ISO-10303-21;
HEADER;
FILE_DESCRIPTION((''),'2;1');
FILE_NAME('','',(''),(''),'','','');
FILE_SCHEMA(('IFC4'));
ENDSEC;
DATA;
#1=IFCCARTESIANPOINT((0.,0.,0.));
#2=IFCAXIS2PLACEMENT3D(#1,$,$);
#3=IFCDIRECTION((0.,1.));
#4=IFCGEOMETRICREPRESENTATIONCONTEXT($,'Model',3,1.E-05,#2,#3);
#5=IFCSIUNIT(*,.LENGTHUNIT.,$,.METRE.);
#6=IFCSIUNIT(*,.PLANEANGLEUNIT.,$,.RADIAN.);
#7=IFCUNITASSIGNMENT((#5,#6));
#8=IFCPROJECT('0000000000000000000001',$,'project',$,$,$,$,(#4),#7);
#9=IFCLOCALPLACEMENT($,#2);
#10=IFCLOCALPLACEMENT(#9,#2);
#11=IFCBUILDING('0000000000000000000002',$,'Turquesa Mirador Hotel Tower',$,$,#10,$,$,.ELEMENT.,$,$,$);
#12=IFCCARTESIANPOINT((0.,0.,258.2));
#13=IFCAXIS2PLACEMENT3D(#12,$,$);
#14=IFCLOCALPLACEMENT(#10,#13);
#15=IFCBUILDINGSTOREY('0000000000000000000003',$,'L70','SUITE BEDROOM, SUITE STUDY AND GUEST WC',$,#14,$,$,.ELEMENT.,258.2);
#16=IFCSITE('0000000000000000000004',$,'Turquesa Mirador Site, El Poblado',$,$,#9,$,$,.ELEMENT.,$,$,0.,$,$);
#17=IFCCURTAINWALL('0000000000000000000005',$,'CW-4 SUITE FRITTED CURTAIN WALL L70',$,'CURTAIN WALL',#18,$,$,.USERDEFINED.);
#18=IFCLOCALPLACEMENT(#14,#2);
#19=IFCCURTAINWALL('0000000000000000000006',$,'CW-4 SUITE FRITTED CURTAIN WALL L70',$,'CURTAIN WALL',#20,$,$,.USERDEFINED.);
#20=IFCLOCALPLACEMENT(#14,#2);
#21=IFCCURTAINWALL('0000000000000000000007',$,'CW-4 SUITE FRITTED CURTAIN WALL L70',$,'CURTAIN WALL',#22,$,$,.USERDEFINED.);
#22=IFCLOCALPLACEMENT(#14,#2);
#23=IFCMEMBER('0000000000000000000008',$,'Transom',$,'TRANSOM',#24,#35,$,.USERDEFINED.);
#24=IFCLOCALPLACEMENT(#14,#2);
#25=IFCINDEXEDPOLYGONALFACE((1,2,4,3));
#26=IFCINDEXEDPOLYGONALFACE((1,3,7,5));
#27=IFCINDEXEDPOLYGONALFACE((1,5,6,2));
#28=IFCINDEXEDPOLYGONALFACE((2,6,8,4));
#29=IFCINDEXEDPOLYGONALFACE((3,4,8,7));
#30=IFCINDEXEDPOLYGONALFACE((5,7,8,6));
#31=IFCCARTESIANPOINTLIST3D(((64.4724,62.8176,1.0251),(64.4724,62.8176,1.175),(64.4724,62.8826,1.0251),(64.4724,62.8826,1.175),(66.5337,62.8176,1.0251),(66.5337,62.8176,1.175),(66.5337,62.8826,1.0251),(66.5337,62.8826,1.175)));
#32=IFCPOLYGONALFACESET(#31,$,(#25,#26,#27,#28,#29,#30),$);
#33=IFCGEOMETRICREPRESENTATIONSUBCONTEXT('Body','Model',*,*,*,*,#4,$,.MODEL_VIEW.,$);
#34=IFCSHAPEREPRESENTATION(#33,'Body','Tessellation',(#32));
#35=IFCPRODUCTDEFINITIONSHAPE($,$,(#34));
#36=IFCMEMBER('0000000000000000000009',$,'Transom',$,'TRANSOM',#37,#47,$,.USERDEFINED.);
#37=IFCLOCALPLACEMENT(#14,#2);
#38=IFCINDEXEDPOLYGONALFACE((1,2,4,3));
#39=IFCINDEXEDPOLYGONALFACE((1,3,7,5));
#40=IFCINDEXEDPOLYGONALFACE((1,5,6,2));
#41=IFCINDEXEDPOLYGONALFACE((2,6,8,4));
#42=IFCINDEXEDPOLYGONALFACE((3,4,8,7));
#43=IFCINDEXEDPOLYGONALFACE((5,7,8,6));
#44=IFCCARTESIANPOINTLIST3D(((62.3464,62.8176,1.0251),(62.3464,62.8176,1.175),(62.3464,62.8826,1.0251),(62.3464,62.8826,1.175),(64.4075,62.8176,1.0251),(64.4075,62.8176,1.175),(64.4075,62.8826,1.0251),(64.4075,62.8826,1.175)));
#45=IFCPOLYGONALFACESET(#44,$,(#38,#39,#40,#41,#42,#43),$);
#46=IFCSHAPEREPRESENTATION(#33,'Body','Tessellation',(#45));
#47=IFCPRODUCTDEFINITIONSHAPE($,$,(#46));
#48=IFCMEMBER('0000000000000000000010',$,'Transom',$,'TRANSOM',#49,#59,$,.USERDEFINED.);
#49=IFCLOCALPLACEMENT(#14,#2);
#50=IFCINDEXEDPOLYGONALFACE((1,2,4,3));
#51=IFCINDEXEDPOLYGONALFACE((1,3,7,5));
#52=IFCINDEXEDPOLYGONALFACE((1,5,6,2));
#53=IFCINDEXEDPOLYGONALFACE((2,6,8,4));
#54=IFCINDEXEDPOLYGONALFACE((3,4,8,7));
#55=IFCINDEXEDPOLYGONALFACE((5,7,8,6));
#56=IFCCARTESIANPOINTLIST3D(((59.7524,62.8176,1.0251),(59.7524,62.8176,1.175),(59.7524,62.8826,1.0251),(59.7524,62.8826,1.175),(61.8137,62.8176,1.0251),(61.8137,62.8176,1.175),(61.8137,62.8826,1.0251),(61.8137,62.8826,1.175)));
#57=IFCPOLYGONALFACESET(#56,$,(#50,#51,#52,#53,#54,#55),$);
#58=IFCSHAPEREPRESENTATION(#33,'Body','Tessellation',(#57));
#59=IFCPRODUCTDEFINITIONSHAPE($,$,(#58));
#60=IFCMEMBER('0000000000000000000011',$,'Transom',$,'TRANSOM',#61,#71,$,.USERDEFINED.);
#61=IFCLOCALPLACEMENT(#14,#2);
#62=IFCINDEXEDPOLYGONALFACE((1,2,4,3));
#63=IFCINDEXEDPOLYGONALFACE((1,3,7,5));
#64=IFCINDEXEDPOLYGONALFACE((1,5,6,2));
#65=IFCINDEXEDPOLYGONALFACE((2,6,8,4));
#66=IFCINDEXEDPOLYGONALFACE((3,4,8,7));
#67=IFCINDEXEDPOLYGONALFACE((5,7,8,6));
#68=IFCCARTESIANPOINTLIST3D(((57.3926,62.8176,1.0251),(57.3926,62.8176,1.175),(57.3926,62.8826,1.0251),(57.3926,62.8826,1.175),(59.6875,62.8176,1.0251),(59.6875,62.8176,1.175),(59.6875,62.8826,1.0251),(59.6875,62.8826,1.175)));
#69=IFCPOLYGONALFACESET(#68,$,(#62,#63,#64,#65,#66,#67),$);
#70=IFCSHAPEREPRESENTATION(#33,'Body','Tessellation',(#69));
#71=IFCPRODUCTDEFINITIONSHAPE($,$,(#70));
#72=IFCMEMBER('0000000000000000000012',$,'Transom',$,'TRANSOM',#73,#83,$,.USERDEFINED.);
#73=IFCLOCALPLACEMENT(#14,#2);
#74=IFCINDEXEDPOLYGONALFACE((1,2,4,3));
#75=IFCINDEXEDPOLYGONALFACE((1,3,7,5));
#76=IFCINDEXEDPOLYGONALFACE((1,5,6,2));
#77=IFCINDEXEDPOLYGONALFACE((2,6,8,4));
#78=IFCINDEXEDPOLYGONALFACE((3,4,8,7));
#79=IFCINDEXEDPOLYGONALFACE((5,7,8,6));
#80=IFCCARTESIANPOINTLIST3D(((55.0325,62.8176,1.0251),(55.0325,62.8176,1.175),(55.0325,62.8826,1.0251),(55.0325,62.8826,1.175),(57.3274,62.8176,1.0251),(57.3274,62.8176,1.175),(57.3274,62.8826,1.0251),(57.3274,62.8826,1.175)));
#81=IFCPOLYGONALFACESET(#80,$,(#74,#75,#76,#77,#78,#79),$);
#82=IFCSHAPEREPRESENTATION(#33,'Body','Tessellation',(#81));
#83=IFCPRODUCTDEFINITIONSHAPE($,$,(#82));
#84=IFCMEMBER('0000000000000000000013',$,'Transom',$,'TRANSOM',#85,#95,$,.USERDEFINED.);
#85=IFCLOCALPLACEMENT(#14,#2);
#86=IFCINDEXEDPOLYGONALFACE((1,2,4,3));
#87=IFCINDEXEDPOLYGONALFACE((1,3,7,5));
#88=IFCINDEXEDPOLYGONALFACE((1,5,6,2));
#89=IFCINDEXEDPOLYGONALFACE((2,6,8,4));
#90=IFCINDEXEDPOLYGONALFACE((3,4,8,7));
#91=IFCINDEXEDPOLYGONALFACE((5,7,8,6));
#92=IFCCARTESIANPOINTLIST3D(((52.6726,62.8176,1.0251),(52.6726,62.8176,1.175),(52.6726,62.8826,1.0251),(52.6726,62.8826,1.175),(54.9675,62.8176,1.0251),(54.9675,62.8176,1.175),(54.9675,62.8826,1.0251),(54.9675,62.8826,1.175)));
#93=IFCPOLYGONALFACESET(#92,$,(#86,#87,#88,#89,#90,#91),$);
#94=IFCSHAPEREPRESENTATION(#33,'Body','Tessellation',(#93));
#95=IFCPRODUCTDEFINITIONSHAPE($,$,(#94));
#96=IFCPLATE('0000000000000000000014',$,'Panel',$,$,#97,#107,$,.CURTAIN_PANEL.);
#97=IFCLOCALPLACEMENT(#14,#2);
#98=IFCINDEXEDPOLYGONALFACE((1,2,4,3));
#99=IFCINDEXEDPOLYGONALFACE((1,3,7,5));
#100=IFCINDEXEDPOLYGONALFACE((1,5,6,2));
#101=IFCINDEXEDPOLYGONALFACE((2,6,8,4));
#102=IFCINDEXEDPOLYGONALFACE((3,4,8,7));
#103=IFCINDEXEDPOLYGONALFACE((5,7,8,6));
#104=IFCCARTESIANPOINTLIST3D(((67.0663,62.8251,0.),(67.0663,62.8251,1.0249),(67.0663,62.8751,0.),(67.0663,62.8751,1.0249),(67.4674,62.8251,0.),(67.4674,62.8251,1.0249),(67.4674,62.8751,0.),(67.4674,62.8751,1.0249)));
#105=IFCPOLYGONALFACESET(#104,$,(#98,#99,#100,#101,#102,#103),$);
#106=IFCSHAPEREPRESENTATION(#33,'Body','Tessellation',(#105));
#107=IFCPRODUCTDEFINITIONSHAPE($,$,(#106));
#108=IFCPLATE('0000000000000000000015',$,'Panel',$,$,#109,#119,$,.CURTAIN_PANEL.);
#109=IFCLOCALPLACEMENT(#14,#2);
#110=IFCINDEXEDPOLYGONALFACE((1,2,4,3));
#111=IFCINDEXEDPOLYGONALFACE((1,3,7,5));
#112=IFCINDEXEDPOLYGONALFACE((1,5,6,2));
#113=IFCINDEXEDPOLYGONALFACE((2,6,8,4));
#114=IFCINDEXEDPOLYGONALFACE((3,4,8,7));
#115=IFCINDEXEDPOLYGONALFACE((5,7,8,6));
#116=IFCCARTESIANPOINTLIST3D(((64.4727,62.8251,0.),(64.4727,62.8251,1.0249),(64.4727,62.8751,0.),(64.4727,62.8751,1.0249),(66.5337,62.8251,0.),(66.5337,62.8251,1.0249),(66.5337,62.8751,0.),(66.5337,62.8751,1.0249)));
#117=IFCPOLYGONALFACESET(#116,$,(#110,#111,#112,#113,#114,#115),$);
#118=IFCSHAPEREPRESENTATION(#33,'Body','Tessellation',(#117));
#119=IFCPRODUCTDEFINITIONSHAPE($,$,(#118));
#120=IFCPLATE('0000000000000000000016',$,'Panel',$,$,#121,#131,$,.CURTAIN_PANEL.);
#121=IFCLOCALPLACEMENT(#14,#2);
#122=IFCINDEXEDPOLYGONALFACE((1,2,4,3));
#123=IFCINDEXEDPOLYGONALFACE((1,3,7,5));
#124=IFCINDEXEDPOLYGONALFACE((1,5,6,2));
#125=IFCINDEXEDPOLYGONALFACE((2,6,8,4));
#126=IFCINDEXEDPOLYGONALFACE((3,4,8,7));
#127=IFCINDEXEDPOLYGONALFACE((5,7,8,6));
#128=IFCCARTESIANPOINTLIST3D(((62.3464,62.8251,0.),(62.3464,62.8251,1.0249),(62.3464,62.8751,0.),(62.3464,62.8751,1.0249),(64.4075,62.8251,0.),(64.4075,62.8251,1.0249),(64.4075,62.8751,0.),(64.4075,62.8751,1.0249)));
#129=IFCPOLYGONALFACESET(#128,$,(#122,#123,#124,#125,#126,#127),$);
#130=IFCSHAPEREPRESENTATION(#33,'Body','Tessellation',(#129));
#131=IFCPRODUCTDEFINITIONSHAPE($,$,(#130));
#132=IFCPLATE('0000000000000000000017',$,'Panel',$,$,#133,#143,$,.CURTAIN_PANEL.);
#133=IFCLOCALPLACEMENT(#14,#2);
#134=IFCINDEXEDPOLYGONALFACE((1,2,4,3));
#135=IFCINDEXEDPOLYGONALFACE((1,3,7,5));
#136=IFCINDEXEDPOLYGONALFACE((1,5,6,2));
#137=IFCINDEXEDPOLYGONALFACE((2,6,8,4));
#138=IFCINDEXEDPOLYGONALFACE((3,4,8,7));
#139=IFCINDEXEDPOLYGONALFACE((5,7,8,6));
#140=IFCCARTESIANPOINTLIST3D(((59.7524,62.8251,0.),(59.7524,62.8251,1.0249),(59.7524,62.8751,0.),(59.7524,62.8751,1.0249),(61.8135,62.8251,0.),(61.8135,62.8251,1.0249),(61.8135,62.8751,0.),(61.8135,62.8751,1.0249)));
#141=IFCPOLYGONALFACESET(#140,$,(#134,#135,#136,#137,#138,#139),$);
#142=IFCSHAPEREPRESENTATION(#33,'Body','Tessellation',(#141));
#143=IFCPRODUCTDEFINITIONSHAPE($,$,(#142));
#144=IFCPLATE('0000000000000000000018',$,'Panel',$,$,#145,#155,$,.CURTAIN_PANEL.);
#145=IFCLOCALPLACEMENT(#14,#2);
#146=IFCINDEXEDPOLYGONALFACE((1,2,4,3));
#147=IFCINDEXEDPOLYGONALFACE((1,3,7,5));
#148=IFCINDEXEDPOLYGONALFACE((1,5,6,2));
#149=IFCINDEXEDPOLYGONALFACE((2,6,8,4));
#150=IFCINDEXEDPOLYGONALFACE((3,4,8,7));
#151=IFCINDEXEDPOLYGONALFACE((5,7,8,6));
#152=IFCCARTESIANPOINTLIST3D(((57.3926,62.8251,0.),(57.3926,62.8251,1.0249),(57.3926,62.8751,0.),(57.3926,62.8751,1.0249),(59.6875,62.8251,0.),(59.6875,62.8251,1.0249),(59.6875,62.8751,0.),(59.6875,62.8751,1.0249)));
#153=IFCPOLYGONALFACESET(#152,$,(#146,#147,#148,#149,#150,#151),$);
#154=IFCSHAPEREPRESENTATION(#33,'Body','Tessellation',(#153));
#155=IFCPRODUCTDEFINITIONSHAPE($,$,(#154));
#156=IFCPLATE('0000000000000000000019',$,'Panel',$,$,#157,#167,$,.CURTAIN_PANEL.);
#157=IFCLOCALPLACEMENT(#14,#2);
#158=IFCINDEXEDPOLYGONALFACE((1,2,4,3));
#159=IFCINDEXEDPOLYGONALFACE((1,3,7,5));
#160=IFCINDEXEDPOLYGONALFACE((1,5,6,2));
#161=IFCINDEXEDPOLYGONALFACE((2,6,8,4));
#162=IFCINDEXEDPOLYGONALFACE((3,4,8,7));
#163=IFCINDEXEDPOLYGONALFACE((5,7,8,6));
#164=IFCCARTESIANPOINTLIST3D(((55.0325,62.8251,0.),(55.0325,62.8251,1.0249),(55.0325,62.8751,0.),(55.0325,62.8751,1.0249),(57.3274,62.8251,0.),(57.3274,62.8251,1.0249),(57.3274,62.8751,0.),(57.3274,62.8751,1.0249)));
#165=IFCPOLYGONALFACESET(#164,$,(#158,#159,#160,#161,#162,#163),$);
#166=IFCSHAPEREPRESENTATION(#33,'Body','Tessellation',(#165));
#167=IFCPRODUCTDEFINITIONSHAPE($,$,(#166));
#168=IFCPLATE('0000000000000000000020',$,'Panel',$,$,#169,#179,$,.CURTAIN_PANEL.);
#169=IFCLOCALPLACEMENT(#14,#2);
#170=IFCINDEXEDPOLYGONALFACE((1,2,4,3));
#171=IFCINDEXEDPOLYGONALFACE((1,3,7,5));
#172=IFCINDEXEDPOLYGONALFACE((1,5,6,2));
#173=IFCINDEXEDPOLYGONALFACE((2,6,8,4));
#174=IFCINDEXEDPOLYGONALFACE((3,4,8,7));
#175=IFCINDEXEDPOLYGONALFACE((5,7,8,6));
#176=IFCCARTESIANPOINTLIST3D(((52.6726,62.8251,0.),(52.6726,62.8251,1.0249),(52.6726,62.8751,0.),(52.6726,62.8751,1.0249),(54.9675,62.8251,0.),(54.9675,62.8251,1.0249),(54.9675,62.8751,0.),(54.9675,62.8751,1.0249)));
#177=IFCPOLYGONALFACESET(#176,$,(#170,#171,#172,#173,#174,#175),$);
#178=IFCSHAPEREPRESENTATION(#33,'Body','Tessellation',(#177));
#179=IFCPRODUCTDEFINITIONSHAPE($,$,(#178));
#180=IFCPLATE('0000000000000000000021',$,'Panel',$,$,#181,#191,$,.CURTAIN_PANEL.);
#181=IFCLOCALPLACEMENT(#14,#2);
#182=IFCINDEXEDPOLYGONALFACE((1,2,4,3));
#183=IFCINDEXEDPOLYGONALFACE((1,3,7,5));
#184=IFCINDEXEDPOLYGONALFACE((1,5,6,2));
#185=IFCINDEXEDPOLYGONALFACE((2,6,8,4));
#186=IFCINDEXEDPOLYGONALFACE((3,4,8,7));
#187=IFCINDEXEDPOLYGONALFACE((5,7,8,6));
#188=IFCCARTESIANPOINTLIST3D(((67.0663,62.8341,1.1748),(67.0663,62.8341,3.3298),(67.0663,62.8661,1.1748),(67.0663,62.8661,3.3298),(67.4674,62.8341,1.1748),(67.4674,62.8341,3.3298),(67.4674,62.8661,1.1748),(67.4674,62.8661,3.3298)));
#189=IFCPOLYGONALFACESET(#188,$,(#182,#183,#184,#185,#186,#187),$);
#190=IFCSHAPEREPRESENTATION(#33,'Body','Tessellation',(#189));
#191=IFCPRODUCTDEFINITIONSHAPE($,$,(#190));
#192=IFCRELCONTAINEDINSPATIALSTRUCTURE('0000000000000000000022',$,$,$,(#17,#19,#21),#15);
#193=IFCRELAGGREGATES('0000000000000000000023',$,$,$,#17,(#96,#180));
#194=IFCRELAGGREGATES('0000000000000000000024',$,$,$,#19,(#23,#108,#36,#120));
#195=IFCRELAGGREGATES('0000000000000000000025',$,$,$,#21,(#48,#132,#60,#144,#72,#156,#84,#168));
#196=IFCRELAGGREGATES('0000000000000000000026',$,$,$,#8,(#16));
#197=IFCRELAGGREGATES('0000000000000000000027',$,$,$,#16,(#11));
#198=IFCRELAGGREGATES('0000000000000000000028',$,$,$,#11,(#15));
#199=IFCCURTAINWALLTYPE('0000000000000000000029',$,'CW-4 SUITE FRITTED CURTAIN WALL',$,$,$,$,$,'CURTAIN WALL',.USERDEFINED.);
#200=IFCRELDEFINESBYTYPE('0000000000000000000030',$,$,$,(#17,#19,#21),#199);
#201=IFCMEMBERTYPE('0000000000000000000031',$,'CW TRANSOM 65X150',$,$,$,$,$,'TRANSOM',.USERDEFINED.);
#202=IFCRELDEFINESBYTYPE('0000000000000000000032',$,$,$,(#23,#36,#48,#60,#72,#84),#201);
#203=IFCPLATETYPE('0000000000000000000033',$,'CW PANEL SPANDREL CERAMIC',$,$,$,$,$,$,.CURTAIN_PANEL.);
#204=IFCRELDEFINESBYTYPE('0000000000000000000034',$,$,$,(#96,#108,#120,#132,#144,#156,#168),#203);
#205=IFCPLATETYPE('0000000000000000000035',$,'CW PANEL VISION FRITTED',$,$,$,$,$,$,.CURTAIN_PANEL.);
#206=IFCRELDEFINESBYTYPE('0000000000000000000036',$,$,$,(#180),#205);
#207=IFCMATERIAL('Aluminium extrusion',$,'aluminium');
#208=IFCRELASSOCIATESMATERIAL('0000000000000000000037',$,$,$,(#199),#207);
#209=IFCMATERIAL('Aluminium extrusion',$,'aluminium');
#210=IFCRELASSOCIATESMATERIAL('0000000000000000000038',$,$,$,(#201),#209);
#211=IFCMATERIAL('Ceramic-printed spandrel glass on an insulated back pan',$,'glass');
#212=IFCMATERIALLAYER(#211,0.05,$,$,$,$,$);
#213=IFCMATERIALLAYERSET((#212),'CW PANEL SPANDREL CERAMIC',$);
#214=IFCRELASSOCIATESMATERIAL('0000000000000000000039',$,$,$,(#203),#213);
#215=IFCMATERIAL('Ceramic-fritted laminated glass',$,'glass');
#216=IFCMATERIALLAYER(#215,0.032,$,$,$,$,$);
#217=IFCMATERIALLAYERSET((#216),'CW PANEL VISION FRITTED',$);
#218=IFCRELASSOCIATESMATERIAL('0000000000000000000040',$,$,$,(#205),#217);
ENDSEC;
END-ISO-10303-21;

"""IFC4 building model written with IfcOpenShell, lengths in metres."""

from ifc_helpers import new_model, si_unit, direction, frame, origin, origin_2d, place, context, subcontext, project, spatial, rectangle, extrude, material, layer, layer_set, material_profile, profile_set, type_object, element, aggregate, save


model = new_model("IFC4")

# Units and contexts
model_context = context("Model", 3, precision=1e-05, world=origin(), true_north=direction((0.0, 1.0)))
body_context = subcontext(model_context, "Body", "Model", "MODEL_VIEW")
ifc_project = project(units=[si_unit("LENGTHUNIT", "METRE"), si_unit("PLANEANGLEUNIT", "RADIAN")], contexts=[model_context])

# Site, building, storey
site_placement = place(None, origin())
site = spatial("IfcSite", under=ifc_project, at=site_placement, Name="Turquesa Mirador Site, El Poblado", CompositionType="ELEMENT", RefElevation=0.0)
building_placement = place(site_placement, origin())
building = spatial("IfcBuilding", under=site, at=building_placement, Name="Turquesa Mirador Hotel Tower", CompositionType="ELEMENT")
storey_placement = place(building_placement, frame((0.0, 0.0, 258.2)))
storey = spatial("IfcBuildingStorey", under=building, at=storey_placement, Name="L70", Description="SUITE BEDROOM, SUITE STUDY AND GUEST WC", CompositionType="ELEMENT", Elevation=258.2)

# Curtain wall
ifc_material_1 = material(Name="Aluminium extrusion", Category="aluminium")
curtain_wall_type = type_object("IfcCurtainWallType", Name="CW-4 SUITE FRITTED CURTAIN WALL", ElementType="CURTAIN WALL", PredefinedType="USERDEFINED", material=ifc_material_1)
curtain_wall_1_placement = place(storey_placement, origin())
curtain_wall_1 = element("IfcCurtainWall", 1, at=curtain_wall_1_placement, inside=storey, type_object=curtain_wall_type, Name="CW-4 SUITE FRITTED CURTAIN WALL L70", ObjectType="CURTAIN WALL", PredefinedType="USERDEFINED")

# Curtain walls
curtain_wall_2_placement = place(storey_placement, origin())
curtain_wall_2 = element("IfcCurtainWall", 2, at=curtain_wall_2_placement, inside=storey, type_object=curtain_wall_type, Name="CW-4 SUITE FRITTED CURTAIN WALL L70", ObjectType="CURTAIN WALL", PredefinedType="USERDEFINED")
curtain_wall_3_placement = place(storey_placement, origin())
curtain_wall_3 = element("IfcCurtainWall", 3, at=curtain_wall_3_placement, inside=storey, type_object=curtain_wall_type, Name="CW-4 SUITE FRITTED CURTAIN WALL L70", ObjectType="CURTAIN WALL", PredefinedType="USERDEFINED")

# Members
ifc_material_2 = material(Name="Aluminium extrusion", Category="aluminium")
ifc_material_profile_1 = material_profile(ifc_material_2, rectangle(XDim=0.0649, YDim=0.1499, at=origin_2d()), Name="TRANSOM 65X150")
ifc_profile_set_1 = profile_set([ifc_material_profile_1], Name="Aluminium extrusion")
member_type_1 = type_object("IfcMemberType", Name="CW TRANSOM 65X150", ElementType="TRANSOM", PredefinedType="USERDEFINED", material=ifc_profile_set_1)
member_1_placement = place(storey_placement, frame((66.5337, 62.8501, 1.1001), z_axis=(-1.0, 0.0, 0.0), x_axis=(0.0, -1.0, 0.0)))
member_1 = element("IfcMember", 4, at=member_1_placement, type_object=member_type_1, Name="Transom", ObjectType="TRANSOM", PredefinedType="USERDEFINED", context=body_context, shape_type="SweptSolid", body=[
    extrude(rectangle(XDim=0.0649, YDim=0.1499, at=origin_2d()), origin(), (0.0, 0.0, 1.0), 2.0613),
])
member_2_placement = place(storey_placement, frame((64.4075, 62.8501, 1.1001), z_axis=(-1.0, 0.0, 0.0), x_axis=(0.0, -1.0, 0.0)))
member_2 = element("IfcMember", 5, at=member_2_placement, type_object=member_type_1, Name="Transom", ObjectType="TRANSOM", PredefinedType="USERDEFINED", context=body_context, shape_type="SweptSolid", body=[
    extrude(rectangle(XDim=0.0649, YDim=0.1499, at=origin_2d()), origin(), (0.0, 0.0, 1.0), 2.061),
])
member_3_placement = place(storey_placement, frame((61.8137, 62.8501, 1.1001), z_axis=(-1.0, 0.0, 0.0), x_axis=(0.0, -1.0, 0.0)))
member_3 = element("IfcMember", 6, at=member_3_placement, type_object=member_type_1, Name="Transom", ObjectType="TRANSOM", PredefinedType="USERDEFINED", context=body_context, shape_type="SweptSolid", body=[
    extrude(rectangle(XDim=0.0649, YDim=0.1499, at=origin_2d()), origin(), (0.0, 0.0, 1.0), 2.0613),
])
member_4_placement = place(storey_placement, frame((59.6875, 62.8501, 1.1001), z_axis=(-1.0, 0.0, 0.0), x_axis=(0.0, -1.0, 0.0)))
member_4 = element("IfcMember", 7, at=member_4_placement, type_object=member_type_1, Name="Transom", ObjectType="TRANSOM", PredefinedType="USERDEFINED", context=body_context, shape_type="SweptSolid", body=[
    extrude(rectangle(XDim=0.0649, YDim=0.1499, at=origin_2d()), origin(), (0.0, 0.0, 1.0), 2.2949),
])
member_5_placement = place(storey_placement, frame((57.3274, 62.8501, 1.1001), z_axis=(-1.0, 0.0, 0.0), x_axis=(0.0, -1.0, 0.0)))
member_5 = element("IfcMember", 8, at=member_5_placement, type_object=member_type_1, Name="Transom", ObjectType="TRANSOM", PredefinedType="USERDEFINED", context=body_context, shape_type="SweptSolid", body=[
    extrude(rectangle(XDim=0.0649, YDim=0.1499, at=origin_2d()), origin(), (0.0, 0.0, 1.0), 2.2949),
])
member_6_placement = place(storey_placement, frame((54.9675, 62.8501, 1.1001), z_axis=(-1.0, 0.0, 0.0), x_axis=(0.0, -1.0, 0.0)))
member_6 = element("IfcMember", 9, at=member_6_placement, type_object=member_type_1, Name="Transom", ObjectType="TRANSOM", PredefinedType="USERDEFINED", context=body_context, shape_type="SweptSolid", body=[
    extrude(rectangle(XDim=0.0649, YDim=0.1499, at=origin_2d()), origin(), (0.0, 0.0, 1.0), 2.2949),
])

# Plates
ifc_material_3 = material(Name="Ceramic-printed spandrel glass on an insulated back pan", Category="glass")
ifc_layer_1 = layer(ifc_material_3, 0.05)
ifc_layer_set_1 = layer_set([ifc_layer_1], Name="CW PANEL SPANDREL CERAMIC")
plate_type_1 = type_object("IfcPlateType", Name="CW PANEL SPANDREL CERAMIC", PredefinedType="CURTAIN_PANEL", material=ifc_layer_set_1)
plate_1_placement = place(storey_placement, frame((67.2668, 62.8501, 0.0), z_axis=(0.0, 0.0, 1.0), x_axis=(-1.0, 0.0, 0.0)))
plate_1 = element("IfcPlate", 10, at=plate_1_placement, type_object=plate_type_1, Name="Panel", PredefinedType="CURTAIN_PANEL", context=body_context, shape_type="SweptSolid", body=[
    extrude(rectangle(XDim=0.4011, YDim=0.05, at=origin_2d()), origin(), (0.0, 0.0, 1.0), 1.0249),
])
plate_2_placement = place(storey_placement, frame((65.5032, 62.8501, 0.0), z_axis=(0.0, 0.0, 1.0), x_axis=(-1.0, 0.0, 0.0)))
plate_2 = element("IfcPlate", 11, at=plate_2_placement, type_object=plate_type_1, Name="Panel", PredefinedType="CURTAIN_PANEL", context=body_context, shape_type="SweptSolid", body=[
    extrude(rectangle(XDim=2.061, YDim=0.05, at=origin_2d()), origin(), (0.0, 0.0, 1.0), 1.0249),
])
plate_3_placement = place(storey_placement, frame((63.377, 62.8501, 0.0), z_axis=(0.0, 0.0, 1.0), x_axis=(-1.0, 0.0, 0.0)))
plate_3 = element("IfcPlate", 12, at=plate_3_placement, type_object=plate_type_1, Name="Panel", PredefinedType="CURTAIN_PANEL", context=body_context, shape_type="SweptSolid", body=[
    extrude(rectangle(XDim=2.061, YDim=0.05, at=origin_2d()), origin(), (0.0, 0.0, 1.0), 1.0249),
])
plate_4_placement = place(storey_placement, frame((60.783, 62.8501, 0.0), z_axis=(0.0, 0.0, 1.0), x_axis=(-1.0, 0.0, 0.0)))
plate_4 = element("IfcPlate", 13, at=plate_4_placement, type_object=plate_type_1, Name="Panel", PredefinedType="CURTAIN_PANEL", context=body_context, shape_type="SweptSolid", body=[
    extrude(rectangle(XDim=2.061, YDim=0.05, at=origin_2d()), origin(), (0.0, 0.0, 1.0), 1.0249),
])
plate_5_placement = place(storey_placement, frame((58.54, 62.8501, 0.0), z_axis=(0.0, 0.0, 1.0), x_axis=(-1.0, 0.0, 0.0)))
plate_5 = element("IfcPlate", 14, at=plate_5_placement, type_object=plate_type_1, Name="Panel", PredefinedType="CURTAIN_PANEL", context=body_context, shape_type="SweptSolid", body=[
    extrude(rectangle(XDim=2.2949, YDim=0.05, at=origin_2d()), origin(), (0.0, 0.0, 1.0), 1.0249),
])
plate_6_placement = place(storey_placement, frame((56.1799, 62.8501, 0.0), z_axis=(0.0, 0.0, 1.0), x_axis=(-1.0, 0.0, 0.0)))
plate_6 = element("IfcPlate", 15, at=plate_6_placement, type_object=plate_type_1, Name="Panel", PredefinedType="CURTAIN_PANEL", context=body_context, shape_type="SweptSolid", body=[
    extrude(rectangle(XDim=2.2949, YDim=0.05, at=origin_2d()), origin(), (0.0, 0.0, 1.0), 1.0249),
])
plate_7_placement = place(storey_placement, frame((53.8201, 62.8501, 0.0), z_axis=(0.0, 0.0, 1.0), x_axis=(-1.0, 0.0, 0.0)))
plate_7 = element("IfcPlate", 16, at=plate_7_placement, type_object=plate_type_1, Name="Panel", PredefinedType="CURTAIN_PANEL", context=body_context, shape_type="SweptSolid", body=[
    extrude(rectangle(XDim=2.2949, YDim=0.05, at=origin_2d()), origin(), (0.0, 0.0, 1.0), 1.0249),
])
ifc_material_4 = material(Name="Ceramic-fritted laminated glass", Category="glass")
ifc_layer_2 = layer(ifc_material_4, 0.032)
ifc_layer_set_2 = layer_set([ifc_layer_2], Name="CW PANEL VISION FRITTED")
plate_type_2 = type_object("IfcPlateType", Name="CW PANEL VISION FRITTED", PredefinedType="CURTAIN_PANEL", material=ifc_layer_set_2)
plate_8_placement = place(storey_placement, frame((67.2668, 62.8501, 1.1748), z_axis=(0.0, 0.0, 1.0), x_axis=(-1.0, 0.0, 0.0)))
plate_8 = element("IfcPlate", 17, at=plate_8_placement, type_object=plate_type_2, Name="Panel", PredefinedType="CURTAIN_PANEL", context=body_context, shape_type="SweptSolid", body=[
    extrude(rectangle(XDim=0.4011, YDim=0.032, at=origin_2d()), origin(), (0.0, 0.0, 1.0), 2.155),
])
aggregate(curtain_wall_1, [plate_1, plate_8])
aggregate(curtain_wall_2, [member_1, plate_2, member_2, plate_3])
aggregate(curtain_wall_3, [member_3, plate_4, member_4, plate_5, member_5, plate_6, member_6, plate_7])

save(model, "model.ifc")
